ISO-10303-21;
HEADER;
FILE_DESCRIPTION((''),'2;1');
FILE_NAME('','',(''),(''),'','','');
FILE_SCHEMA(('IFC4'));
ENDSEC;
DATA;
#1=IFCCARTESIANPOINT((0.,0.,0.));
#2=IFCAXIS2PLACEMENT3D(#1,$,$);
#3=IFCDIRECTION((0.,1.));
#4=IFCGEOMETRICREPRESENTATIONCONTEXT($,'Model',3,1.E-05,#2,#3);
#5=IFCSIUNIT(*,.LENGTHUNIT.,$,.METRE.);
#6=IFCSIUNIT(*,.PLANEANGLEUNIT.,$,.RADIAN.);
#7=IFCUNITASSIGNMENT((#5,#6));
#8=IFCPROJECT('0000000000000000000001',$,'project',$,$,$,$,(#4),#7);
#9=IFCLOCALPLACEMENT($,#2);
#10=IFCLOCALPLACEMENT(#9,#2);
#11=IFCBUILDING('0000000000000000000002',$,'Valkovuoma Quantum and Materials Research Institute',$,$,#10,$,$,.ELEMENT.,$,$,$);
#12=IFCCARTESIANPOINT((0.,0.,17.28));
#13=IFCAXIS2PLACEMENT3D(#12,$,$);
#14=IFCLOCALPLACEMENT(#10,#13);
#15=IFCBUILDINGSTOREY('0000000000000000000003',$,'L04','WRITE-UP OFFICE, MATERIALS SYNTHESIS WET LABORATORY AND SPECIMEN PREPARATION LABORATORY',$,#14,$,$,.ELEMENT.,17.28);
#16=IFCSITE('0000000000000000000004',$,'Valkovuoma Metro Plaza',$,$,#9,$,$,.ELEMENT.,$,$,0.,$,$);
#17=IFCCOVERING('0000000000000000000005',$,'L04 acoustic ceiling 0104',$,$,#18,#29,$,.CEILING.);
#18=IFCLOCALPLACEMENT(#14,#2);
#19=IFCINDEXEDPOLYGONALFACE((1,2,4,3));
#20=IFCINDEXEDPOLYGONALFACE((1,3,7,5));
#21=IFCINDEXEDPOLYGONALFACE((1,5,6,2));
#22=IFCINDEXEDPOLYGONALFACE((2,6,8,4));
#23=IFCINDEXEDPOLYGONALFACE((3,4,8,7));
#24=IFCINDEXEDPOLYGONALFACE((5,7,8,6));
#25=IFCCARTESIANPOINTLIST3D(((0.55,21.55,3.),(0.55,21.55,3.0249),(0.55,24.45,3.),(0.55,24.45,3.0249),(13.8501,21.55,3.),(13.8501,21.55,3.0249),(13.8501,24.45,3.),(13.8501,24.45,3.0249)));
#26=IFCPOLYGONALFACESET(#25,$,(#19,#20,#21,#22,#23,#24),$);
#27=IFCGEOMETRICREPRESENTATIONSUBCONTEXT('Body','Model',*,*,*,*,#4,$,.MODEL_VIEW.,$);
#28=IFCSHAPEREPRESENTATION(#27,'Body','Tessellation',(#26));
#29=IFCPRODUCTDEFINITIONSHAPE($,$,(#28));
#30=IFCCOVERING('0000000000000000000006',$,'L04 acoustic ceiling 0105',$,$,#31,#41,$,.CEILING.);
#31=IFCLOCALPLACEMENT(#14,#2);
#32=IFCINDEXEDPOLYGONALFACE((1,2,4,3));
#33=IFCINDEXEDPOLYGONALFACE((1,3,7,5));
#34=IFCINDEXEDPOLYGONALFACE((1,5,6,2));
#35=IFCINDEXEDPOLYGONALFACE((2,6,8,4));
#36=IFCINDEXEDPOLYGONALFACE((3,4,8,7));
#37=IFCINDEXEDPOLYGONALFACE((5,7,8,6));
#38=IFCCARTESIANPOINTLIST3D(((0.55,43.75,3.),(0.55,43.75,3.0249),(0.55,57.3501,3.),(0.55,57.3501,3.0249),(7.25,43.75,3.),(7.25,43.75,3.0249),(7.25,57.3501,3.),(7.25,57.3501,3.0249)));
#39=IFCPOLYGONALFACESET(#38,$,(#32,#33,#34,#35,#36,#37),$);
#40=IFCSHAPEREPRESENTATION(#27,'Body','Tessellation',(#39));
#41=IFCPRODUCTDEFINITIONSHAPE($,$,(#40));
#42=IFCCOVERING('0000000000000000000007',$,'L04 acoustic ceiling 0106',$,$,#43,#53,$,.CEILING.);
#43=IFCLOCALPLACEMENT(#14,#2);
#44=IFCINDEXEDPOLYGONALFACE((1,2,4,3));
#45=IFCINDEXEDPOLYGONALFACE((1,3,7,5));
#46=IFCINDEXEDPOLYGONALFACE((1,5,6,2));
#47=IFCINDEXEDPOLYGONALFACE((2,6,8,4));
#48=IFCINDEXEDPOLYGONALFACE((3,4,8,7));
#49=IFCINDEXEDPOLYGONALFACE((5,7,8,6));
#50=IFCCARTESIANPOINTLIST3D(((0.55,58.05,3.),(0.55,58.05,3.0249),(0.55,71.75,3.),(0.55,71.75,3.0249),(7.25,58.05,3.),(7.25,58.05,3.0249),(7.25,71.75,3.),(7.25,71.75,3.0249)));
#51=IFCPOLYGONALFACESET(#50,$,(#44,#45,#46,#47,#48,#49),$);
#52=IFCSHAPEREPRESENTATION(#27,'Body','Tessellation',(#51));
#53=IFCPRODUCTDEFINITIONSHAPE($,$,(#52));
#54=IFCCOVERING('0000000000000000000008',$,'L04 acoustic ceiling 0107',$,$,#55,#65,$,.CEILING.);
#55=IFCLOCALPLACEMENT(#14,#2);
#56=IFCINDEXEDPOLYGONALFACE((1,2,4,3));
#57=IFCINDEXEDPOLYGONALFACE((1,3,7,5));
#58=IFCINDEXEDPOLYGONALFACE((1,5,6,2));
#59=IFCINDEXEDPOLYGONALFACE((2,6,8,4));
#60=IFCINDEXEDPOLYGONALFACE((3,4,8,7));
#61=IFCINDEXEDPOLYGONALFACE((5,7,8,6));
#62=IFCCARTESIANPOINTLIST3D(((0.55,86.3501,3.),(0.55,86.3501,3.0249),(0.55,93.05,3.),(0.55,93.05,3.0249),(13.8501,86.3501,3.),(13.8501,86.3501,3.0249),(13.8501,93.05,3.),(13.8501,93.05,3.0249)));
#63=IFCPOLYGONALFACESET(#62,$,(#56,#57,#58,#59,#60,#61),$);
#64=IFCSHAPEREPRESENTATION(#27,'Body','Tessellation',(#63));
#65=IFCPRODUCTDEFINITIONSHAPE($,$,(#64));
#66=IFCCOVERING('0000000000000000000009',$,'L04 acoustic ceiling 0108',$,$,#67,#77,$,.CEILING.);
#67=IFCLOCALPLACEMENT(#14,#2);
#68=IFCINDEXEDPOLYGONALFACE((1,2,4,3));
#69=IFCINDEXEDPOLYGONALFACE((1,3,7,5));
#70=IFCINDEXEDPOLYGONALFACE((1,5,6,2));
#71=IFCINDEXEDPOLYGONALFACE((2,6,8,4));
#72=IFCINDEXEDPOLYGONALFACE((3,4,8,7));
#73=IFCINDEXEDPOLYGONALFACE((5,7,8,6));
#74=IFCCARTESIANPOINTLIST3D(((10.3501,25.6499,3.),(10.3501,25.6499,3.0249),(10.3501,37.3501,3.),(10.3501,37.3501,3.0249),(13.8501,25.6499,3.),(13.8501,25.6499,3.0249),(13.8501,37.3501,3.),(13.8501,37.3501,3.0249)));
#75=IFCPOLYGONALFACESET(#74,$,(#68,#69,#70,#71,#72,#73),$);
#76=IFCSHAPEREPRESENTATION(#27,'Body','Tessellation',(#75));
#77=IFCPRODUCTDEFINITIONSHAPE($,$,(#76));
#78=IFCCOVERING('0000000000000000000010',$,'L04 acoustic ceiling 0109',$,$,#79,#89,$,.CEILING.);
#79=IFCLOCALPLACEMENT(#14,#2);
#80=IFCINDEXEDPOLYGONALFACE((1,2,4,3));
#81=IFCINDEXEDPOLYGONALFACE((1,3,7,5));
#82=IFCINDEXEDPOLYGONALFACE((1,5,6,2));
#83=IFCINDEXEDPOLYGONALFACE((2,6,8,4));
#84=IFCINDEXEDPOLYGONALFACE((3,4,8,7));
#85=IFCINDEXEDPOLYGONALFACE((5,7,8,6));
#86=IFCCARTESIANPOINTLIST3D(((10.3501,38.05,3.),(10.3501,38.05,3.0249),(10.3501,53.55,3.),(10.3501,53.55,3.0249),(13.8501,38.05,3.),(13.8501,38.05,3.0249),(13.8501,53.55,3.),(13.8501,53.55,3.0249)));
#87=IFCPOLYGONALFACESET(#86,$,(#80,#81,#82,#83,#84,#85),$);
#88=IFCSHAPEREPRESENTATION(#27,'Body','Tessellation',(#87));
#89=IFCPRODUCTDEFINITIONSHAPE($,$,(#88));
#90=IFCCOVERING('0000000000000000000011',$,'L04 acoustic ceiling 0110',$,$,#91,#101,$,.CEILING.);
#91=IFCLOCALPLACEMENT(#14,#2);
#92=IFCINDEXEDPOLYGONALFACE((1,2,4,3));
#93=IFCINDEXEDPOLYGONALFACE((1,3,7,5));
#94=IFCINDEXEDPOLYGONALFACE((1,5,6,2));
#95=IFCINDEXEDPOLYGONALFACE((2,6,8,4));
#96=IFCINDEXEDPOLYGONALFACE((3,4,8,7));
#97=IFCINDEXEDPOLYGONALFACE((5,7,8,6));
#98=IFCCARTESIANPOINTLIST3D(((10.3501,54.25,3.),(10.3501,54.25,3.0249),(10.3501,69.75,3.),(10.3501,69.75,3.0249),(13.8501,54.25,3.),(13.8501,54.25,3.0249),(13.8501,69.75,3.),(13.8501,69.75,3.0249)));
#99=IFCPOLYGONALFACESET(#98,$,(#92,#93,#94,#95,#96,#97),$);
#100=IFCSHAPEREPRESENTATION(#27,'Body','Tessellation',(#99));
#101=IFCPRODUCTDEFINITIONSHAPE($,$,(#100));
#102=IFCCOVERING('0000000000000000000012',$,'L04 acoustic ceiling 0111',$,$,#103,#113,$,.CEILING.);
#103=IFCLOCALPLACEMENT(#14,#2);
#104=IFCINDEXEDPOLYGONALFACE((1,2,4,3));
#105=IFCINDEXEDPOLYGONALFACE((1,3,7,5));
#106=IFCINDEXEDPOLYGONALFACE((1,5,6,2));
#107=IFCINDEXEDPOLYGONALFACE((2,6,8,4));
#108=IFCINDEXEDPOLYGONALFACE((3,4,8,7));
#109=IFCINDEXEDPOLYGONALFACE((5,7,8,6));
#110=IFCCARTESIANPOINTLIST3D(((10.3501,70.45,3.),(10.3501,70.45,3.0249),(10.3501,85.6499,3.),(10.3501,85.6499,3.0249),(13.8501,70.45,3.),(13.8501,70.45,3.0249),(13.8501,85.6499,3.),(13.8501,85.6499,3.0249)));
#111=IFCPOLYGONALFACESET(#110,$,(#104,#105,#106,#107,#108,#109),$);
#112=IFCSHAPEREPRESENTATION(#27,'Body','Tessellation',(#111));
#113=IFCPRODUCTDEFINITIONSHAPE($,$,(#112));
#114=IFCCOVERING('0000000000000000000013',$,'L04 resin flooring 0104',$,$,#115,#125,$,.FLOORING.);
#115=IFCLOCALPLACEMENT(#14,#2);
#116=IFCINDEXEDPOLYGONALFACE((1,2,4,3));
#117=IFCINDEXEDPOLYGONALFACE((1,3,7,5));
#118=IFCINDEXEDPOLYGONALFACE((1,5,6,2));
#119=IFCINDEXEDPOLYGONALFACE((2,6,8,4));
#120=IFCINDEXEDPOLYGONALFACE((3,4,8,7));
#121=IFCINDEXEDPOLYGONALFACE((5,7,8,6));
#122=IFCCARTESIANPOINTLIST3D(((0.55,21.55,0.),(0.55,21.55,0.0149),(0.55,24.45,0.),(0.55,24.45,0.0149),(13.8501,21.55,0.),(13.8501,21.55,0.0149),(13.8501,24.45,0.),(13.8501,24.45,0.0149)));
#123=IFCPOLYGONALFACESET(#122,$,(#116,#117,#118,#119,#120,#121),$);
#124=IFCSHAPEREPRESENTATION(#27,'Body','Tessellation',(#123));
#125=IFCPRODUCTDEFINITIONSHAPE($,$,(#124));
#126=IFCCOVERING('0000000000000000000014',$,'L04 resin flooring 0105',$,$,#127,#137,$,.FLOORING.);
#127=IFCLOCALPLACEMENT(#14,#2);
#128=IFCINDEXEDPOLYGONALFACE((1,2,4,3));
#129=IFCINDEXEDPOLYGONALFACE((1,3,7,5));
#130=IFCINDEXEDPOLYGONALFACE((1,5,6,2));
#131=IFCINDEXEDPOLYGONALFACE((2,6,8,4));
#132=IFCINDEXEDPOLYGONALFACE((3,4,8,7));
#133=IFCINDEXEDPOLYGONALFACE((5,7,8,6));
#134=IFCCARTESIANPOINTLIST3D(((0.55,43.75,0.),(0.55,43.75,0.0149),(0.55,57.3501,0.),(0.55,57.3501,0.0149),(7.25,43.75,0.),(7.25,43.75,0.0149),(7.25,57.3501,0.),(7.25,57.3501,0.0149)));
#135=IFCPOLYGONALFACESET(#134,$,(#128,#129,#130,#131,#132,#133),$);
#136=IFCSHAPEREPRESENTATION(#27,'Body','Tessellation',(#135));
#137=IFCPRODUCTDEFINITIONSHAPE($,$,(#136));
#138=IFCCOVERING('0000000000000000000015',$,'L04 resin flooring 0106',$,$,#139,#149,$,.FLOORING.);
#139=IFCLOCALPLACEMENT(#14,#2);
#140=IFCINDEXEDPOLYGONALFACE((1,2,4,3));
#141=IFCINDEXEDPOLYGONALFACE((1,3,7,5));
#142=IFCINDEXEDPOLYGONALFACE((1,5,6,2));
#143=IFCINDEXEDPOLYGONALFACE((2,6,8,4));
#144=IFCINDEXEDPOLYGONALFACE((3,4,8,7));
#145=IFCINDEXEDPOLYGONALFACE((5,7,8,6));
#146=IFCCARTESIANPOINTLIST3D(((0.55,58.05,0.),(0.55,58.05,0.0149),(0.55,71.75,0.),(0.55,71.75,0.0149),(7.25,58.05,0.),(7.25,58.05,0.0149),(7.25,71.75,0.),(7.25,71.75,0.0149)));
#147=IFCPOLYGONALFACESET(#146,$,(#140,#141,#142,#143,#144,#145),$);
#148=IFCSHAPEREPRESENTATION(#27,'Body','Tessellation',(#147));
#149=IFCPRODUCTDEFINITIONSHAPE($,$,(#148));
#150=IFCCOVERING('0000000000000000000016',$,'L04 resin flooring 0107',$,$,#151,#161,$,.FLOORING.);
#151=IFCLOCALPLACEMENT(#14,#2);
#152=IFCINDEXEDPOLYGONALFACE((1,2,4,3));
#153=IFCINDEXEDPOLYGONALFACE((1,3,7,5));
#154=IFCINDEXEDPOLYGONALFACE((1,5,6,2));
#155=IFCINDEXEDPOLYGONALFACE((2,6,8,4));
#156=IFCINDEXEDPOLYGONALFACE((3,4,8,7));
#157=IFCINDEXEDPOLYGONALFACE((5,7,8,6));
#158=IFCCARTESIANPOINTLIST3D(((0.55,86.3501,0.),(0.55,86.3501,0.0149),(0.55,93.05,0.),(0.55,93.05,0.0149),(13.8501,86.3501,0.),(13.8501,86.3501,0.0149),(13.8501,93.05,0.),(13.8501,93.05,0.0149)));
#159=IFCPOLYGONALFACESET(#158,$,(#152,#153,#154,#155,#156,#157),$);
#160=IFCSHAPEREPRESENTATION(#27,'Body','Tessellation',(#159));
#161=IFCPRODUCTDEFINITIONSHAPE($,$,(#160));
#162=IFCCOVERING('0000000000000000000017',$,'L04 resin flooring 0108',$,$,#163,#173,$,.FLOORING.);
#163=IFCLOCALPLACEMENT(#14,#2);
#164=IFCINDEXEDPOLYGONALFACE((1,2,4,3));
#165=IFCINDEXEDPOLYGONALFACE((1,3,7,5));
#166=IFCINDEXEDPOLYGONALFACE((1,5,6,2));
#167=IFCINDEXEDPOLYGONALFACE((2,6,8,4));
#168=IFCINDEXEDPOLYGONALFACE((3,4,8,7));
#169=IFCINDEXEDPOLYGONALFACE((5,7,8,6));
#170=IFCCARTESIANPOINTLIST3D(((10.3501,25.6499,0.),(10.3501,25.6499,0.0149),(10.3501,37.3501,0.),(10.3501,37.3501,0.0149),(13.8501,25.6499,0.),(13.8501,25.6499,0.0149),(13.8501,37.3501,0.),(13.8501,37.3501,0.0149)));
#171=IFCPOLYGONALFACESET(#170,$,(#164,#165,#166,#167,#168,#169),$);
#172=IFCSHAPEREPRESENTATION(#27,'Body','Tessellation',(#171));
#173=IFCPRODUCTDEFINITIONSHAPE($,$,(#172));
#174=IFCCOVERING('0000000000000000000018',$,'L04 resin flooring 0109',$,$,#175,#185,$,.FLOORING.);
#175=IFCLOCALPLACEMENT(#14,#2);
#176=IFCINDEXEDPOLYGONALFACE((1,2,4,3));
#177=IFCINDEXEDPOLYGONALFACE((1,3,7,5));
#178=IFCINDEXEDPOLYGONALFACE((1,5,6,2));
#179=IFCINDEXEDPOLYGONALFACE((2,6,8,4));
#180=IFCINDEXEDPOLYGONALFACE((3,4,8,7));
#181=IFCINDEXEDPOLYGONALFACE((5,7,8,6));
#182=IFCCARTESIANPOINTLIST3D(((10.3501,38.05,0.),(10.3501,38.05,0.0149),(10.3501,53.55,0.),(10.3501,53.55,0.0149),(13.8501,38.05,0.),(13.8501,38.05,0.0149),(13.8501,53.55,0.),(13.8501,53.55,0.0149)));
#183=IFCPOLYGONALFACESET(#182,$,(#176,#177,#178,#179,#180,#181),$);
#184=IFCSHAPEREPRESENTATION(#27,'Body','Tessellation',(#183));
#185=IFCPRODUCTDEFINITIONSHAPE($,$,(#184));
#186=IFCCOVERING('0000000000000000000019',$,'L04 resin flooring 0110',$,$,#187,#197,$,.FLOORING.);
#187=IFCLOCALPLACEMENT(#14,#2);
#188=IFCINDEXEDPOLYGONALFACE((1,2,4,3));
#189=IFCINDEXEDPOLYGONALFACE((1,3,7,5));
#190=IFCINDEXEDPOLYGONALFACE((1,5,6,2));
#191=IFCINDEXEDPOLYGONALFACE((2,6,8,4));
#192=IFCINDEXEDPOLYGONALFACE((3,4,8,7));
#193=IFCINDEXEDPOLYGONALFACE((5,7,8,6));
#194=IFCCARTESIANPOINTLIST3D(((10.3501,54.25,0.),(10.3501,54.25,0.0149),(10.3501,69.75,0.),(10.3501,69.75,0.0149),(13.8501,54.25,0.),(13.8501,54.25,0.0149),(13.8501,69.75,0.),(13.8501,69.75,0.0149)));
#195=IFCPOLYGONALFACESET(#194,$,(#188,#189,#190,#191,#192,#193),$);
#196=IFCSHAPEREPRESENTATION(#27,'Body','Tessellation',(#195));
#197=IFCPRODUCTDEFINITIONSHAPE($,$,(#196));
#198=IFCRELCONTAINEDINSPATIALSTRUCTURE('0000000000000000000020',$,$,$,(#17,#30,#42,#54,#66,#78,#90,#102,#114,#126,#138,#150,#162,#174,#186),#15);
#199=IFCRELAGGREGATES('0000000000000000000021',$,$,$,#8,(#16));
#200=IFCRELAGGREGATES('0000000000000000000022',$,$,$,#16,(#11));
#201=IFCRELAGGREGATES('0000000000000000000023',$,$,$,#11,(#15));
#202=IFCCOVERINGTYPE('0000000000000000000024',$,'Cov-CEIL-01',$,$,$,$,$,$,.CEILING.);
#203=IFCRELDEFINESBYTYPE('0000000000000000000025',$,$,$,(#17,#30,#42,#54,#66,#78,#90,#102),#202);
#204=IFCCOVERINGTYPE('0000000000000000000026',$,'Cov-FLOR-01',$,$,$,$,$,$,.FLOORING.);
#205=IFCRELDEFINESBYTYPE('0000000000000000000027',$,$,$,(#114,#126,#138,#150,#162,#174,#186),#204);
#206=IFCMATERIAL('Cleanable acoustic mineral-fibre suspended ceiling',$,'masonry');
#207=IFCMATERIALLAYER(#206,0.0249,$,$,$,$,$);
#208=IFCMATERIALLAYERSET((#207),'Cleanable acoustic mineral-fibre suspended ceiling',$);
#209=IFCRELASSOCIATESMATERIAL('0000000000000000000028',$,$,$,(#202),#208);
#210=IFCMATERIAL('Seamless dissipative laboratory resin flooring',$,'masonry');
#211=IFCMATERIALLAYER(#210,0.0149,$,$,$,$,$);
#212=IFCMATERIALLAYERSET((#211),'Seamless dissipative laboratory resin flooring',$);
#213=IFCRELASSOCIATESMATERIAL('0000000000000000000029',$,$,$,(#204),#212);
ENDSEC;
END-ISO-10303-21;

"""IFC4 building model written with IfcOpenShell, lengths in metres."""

from ifc_helpers import new_model, si_unit, direction, frame, origin, place, context, subcontext, project, spatial, polyline, outline, extrude, material, layer, layer_set, type_object, element, save


model = new_model("IFC4")

# Units and contexts
model_context = context("Model", 3, precision=1e-05, world=origin(), true_north=direction((0.0, 1.0)))
body_context = subcontext(model_context, "Body", "Model", "MODEL_VIEW")
ifc_project = project(units=[si_unit("LENGTHUNIT", "METRE"), si_unit("PLANEANGLEUNIT", "RADIAN")], contexts=[model_context])

# Site, building, storey
site_placement = place(None, origin())
site = spatial("IfcSite", under=ifc_project, at=site_placement, Name="Valkovuoma Metro Plaza", CompositionType="ELEMENT", RefElevation=0.0)
building_placement = place(site_placement, origin())
building = spatial("IfcBuilding", under=site, at=building_placement, Name="Valkovuoma Quantum and Materials Research Institute", CompositionType="ELEMENT")
storey_placement = place(building_placement, frame((0.0, 0.0, 17.28)))
storey = spatial("IfcBuildingStorey", under=building, at=storey_placement, Name="L04", Description="WRITE-UP OFFICE, MATERIALS SYNTHESIS WET LABORATORY AND SPECIMEN PREPARATION LABORATORY", CompositionType="ELEMENT", Elevation=17.28)

# Coverings
ifc_material_1 = material(Name="Cleanable acoustic mineral-fibre suspended ceiling", Category="masonry")
ifc_layer_1 = layer(ifc_material_1, 0.0249)
ifc_layer_set_1 = layer_set([ifc_layer_1], Name="Cleanable acoustic mineral-fibre suspended ceiling")
covering_type_1 = type_object("IfcCoveringType", Name="Cov-CEIL-01", PredefinedType="CEILING", material=ifc_layer_set_1)
covering_1_placement = place(storey_placement, frame((0.0, 0.0, 3.0)))
element("IfcCovering", 1, at=covering_1_placement, inside=storey, type_object=covering_type_1, Name="L04 acoustic ceiling 0104", PredefinedType="CEILING", context=body_context, shape_type="SweptSolid", body=[
    extrude(outline(polyline([(0.55, 21.55), (13.8501, 21.55), (13.8501, 24.45), (0.55, 24.45), (0.55, 21.55)])), origin(), (0.0, 0.0, 1.0), 0.0249),
])
covering_2_placement = place(storey_placement, frame((0.0, 0.0, 3.0)))
element("IfcCovering", 2, at=covering_2_placement, inside=storey, type_object=covering_type_1, Name="L04 acoustic ceiling 0105", PredefinedType="CEILING", context=body_context, shape_type="SweptSolid", body=[
    extrude(outline(polyline([(0.55, 43.75), (7.25, 43.75), (7.25, 57.3501), (0.55, 57.3501), (0.55, 43.75)])), origin(), (0.0, 0.0, 1.0), 0.0249),
])
covering_3_placement = place(storey_placement, frame((0.0, 0.0, 3.0)))
element("IfcCovering", 3, at=covering_3_placement, inside=storey, type_object=covering_type_1, Name="L04 acoustic ceiling 0106", PredefinedType="CEILING", context=body_context, shape_type="SweptSolid", body=[
    extrude(outline(polyline([(0.55, 58.05), (7.25, 58.05), (7.25, 71.75), (0.55, 71.75), (0.55, 58.05)])), origin(), (0.0, 0.0, 1.0), 0.0249),
])
covering_4_placement = place(storey_placement, frame((0.0, 0.0, 3.0)))
element("IfcCovering", 4, at=covering_4_placement, inside=storey, type_object=covering_type_1, Name="L04 acoustic ceiling 0107", PredefinedType="CEILING", context=body_context, shape_type="SweptSolid", body=[
    extrude(outline(polyline([(0.55, 86.3501), (13.8501, 86.3501), (13.8501, 93.05), (0.55, 93.05), (0.55, 86.3501)])), origin(), (0.0, 0.0, 1.0), 0.0249),
])
covering_5_placement = place(storey_placement, frame((0.0, 0.0, 3.0)))
element("IfcCovering", 5, at=covering_5_placement, inside=storey, type_object=covering_type_1, Name="L04 acoustic ceiling 0108", PredefinedType="CEILING", context=body_context, shape_type="SweptSolid", body=[
    extrude(outline(polyline([(10.3501, 25.6499), (13.8501, 25.6499), (13.8501, 37.3501), (10.3501, 37.3501), (10.3501, 25.6499)])), origin(), (0.0, 0.0, 1.0), 0.0249),
])
covering_6_placement = place(storey_placement, frame((0.0, 0.0, 3.0)))
element("IfcCovering", 6, at=covering_6_placement, inside=storey, type_object=covering_type_1, Name="L04 acoustic ceiling 0109", PredefinedType="CEILING", context=body_context, shape_type="SweptSolid", body=[
    extrude(outline(polyline([(10.3501, 38.05), (13.8501, 38.05), (13.8501, 53.55), (10.3501, 53.55), (10.3501, 38.05)])), origin(), (0.0, 0.0, 1.0), 0.0249),
])
covering_7_placement = place(storey_placement, frame((0.0, 0.0, 3.0)))
element("IfcCovering", 7, at=covering_7_placement, inside=storey, type_object=covering_type_1, Name="L04 acoustic ceiling 0110", PredefinedType="CEILING", context=body_context, shape_type="SweptSolid", body=[
    extrude(outline(polyline([(10.3501, 54.25), (13.8501, 54.25), (13.8501, 69.75), (10.3501, 69.75), (10.3501, 54.25)])), origin(), (0.0, 0.0, 1.0), 0.0249),
])
covering_8_placement = place(storey_placement, frame((0.0, 0.0, 3.0)))
element("IfcCovering", 8, at=covering_8_placement, inside=storey, type_object=covering_type_1, Name="L04 acoustic ceiling 0111", PredefinedType="CEILING", context=body_context, shape_type="SweptSolid", body=[
    extrude(outline(polyline([(10.3501, 70.45), (13.8501, 70.45), (13.8501, 85.6499), (10.3501, 85.6499), (10.3501, 70.45)])), origin(), (0.0, 0.0, 1.0), 0.0249),
])
ifc_material_2 = material(Name="Seamless dissipative laboratory resin flooring", Category="masonry")
ifc_layer_2 = layer(ifc_material_2, 0.0149)
ifc_layer_set_2 = layer_set([ifc_layer_2], Name="Seamless dissipative laboratory resin flooring")
covering_type_2 = type_object("IfcCoveringType", Name="Cov-FLOR-01", PredefinedType="FLOORING", material=ifc_layer_set_2)
covering_9_placement = place(storey_placement, origin())
element("IfcCovering", 9, at=covering_9_placement, inside=storey, type_object=covering_type_2, Name="L04 resin flooring 0104", PredefinedType="FLOORING", context=body_context, shape_type="SweptSolid", body=[
    extrude(outline(polyline([(0.55, 21.55), (13.8501, 21.55), (13.8501, 24.45), (0.55, 24.45), (0.55, 21.55)])), origin(), (0.0, 0.0, 1.0), 0.0149),
])
covering_10_placement = place(storey_placement, origin())
element("IfcCovering", 10, at=covering_10_placement, inside=storey, type_object=covering_type_2, Name="L04 resin flooring 0105", PredefinedType="FLOORING", context=body_context, shape_type="SweptSolid", body=[
    extrude(outline(polyline([(0.55, 43.75), (7.25, 43.75), (7.25, 57.3501), (0.55, 57.3501), (0.55, 43.75)])), origin(), (0.0, 0.0, 1.0), 0.0149),
])
covering_11_placement = place(storey_placement, origin())
element("IfcCovering", 11, at=covering_11_placement, inside=storey, type_object=covering_type_2, Name="L04 resin flooring 0106", PredefinedType="FLOORING", context=body_context, shape_type="SweptSolid", body=[
    extrude(outline(polyline([(0.55, 58.05), (7.25, 58.05), (7.25, 71.75), (0.55, 71.75), (0.55, 58.05)])), origin(), (0.0, 0.0, 1.0), 0.0149),
])
covering_12_placement = place(storey_placement, origin())
element("IfcCovering", 12, at=covering_12_placement, inside=storey, type_object=covering_type_2, Name="L04 resin flooring 0107", PredefinedType="FLOORING", context=body_context, shape_type="SweptSolid", body=[
    extrude(outline(polyline([(0.55, 86.3501), (13.8501, 86.3501), (13.8501, 93.05), (0.55, 93.05), (0.55, 86.3501)])), origin(), (0.0, 0.0, 1.0), 0.0149),
])
covering_13_placement = place(storey_placement, origin())
element("IfcCovering", 13, at=covering_13_placement, inside=storey, type_object=covering_type_2, Name="L04 resin flooring 0108", PredefinedType="FLOORING", context=body_context, shape_type="SweptSolid", body=[
    extrude(outline(polyline([(10.3501, 25.6499), (13.8501, 25.6499), (13.8501, 37.3501), (10.3501, 37.3501), (10.3501, 25.6499)])), origin(), (0.0, 0.0, 1.0), 0.0149),
])
covering_14_placement = place(storey_placement, origin())
element("IfcCovering", 14, at=covering_14_placement, inside=storey, type_object=covering_type_2, Name="L04 resin flooring 0109", PredefinedType="FLOORING", context=body_context, shape_type="SweptSolid", body=[
    extrude(outline(polyline([(10.3501, 38.05), (13.8501, 38.05), (13.8501, 53.55), (10.3501, 53.55), (10.3501, 38.05)])), origin(), (0.0, 0.0, 1.0), 0.0149),
])
covering_15_placement = place(storey_placement, origin())
element("IfcCovering", 15, at=covering_15_placement, inside=storey, type_object=covering_type_2, Name="L04 resin flooring 0110", PredefinedType="FLOORING", context=body_context, shape_type="SweptSolid", body=[
    extrude(outline(polyline([(10.3501, 54.25), (13.8501, 54.25), (13.8501, 69.75), (10.3501, 69.75), (10.3501, 54.25)])), origin(), (0.0, 0.0, 1.0), 0.0149),
])

save(model, "model.ifc")
